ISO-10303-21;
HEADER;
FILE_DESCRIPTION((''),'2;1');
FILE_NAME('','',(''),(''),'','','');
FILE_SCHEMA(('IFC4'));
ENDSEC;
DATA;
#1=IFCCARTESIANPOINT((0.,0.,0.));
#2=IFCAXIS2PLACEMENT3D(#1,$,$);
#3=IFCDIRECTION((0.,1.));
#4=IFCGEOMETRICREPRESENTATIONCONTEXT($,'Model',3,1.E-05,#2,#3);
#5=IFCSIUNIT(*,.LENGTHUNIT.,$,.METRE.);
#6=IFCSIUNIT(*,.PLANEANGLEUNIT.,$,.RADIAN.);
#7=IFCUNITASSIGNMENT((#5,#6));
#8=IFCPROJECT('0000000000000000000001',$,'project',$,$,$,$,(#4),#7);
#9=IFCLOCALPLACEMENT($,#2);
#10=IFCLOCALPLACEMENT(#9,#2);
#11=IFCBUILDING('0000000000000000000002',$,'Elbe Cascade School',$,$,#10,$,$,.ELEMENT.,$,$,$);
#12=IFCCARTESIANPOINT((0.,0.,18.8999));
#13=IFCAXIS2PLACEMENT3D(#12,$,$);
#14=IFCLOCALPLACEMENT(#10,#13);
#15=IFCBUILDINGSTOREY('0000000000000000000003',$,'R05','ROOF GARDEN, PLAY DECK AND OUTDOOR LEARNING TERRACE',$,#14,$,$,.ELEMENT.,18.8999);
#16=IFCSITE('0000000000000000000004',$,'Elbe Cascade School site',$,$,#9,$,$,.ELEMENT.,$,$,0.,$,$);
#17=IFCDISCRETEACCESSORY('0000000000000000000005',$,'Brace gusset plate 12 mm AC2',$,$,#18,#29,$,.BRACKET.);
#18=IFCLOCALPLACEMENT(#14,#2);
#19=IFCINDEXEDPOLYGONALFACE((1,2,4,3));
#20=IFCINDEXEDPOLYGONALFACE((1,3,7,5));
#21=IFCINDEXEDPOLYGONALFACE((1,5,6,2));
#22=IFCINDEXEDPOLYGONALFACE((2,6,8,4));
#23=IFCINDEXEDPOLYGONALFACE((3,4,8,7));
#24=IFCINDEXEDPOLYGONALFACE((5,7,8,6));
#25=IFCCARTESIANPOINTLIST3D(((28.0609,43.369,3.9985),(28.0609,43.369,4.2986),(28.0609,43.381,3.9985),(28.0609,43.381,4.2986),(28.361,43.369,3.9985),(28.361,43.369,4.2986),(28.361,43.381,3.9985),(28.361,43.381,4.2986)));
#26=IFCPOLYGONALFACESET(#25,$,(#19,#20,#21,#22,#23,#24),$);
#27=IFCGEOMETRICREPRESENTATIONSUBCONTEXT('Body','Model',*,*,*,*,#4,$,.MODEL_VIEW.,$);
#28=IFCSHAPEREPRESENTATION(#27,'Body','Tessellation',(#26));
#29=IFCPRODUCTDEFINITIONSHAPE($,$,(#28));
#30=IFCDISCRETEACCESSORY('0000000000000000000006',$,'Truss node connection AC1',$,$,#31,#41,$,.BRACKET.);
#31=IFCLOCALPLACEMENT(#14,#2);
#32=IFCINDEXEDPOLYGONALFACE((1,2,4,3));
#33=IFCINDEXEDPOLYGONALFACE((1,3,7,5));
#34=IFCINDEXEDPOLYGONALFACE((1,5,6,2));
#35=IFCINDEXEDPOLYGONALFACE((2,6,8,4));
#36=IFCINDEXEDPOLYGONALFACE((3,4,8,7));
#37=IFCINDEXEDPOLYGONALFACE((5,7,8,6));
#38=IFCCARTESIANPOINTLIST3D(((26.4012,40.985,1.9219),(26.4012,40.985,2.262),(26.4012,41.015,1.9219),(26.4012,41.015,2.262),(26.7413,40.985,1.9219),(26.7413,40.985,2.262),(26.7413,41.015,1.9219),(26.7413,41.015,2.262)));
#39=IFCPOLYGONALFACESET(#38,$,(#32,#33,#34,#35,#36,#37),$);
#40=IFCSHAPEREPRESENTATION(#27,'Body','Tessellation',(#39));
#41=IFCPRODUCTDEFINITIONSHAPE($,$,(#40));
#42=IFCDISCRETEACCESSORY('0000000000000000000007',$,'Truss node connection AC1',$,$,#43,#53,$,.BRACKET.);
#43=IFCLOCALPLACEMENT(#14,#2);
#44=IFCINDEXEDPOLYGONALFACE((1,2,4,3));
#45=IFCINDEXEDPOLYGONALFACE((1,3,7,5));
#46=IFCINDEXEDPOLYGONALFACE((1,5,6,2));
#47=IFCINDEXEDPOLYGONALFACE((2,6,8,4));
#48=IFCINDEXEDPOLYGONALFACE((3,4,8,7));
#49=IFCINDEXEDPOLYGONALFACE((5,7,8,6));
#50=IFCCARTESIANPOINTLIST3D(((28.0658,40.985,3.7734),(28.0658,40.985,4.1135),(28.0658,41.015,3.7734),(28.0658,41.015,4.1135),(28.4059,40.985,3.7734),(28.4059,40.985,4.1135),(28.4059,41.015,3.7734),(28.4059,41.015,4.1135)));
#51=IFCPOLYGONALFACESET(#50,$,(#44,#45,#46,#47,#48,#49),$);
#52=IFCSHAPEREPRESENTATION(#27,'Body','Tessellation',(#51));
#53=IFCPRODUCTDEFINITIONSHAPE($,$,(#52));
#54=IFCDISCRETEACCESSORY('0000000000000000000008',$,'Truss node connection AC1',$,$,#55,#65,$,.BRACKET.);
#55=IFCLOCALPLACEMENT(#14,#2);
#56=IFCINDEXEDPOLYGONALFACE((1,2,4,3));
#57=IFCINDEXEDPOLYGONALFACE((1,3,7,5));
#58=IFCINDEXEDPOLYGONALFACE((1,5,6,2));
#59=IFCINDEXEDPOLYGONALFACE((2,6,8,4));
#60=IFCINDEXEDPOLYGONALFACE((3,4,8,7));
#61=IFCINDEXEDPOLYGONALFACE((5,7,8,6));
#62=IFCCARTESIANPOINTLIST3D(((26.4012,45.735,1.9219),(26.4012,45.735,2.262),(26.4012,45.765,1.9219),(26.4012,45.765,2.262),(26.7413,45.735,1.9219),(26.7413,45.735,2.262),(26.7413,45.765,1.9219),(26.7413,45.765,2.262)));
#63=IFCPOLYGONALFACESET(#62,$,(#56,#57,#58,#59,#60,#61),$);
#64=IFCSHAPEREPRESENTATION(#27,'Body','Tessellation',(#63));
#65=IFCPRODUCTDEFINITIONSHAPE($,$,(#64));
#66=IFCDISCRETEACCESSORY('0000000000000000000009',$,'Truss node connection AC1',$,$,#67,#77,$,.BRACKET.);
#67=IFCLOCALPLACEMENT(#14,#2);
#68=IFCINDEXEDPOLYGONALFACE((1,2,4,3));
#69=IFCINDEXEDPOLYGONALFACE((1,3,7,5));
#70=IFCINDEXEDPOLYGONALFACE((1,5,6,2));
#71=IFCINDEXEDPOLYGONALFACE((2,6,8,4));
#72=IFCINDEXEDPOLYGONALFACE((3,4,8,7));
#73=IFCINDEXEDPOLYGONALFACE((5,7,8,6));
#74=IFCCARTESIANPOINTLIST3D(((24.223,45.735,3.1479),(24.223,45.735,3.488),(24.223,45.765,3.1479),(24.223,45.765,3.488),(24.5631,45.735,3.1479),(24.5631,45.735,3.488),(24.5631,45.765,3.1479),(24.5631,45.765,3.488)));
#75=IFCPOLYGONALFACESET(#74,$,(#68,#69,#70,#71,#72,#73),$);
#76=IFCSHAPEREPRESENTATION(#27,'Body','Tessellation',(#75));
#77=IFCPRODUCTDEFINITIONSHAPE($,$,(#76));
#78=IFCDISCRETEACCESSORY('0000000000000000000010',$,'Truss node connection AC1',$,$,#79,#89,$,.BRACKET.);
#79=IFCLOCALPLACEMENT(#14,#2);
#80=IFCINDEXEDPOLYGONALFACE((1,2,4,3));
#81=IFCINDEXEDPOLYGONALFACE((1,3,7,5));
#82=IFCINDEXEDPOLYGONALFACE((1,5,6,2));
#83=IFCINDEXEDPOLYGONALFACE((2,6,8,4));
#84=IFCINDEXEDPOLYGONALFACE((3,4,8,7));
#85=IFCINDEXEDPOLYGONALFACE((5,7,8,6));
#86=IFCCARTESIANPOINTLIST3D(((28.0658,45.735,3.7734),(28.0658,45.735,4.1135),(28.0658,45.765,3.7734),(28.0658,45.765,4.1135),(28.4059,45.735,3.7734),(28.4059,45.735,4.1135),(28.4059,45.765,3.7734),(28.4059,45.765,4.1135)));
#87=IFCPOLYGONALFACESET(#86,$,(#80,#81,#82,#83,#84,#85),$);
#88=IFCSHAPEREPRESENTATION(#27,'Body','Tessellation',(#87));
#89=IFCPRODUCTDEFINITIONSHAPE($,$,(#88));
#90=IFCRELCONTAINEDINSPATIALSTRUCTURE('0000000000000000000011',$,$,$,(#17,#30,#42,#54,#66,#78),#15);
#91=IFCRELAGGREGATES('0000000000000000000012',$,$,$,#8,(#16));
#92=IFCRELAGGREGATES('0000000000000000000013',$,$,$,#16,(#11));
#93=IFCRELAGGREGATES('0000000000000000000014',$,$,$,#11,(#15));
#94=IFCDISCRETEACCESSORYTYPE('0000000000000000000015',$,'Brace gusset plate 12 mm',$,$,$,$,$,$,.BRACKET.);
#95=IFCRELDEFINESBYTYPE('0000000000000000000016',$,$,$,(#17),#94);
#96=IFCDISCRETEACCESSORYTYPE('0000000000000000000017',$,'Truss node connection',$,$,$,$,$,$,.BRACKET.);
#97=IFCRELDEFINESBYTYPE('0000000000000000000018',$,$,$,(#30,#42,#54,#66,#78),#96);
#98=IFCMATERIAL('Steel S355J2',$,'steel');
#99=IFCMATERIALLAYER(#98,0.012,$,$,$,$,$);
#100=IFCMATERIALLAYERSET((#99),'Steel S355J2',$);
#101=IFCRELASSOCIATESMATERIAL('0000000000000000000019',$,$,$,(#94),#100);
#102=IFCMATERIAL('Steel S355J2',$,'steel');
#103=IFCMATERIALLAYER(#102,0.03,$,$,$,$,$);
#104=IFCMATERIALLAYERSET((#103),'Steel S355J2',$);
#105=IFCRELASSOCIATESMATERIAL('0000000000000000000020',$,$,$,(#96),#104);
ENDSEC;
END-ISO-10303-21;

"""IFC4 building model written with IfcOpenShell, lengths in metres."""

from ifc_helpers import new_model, si_unit, direction, frame, origin, origin_2d, place, context, subcontext, project, spatial, rectangle, extrude, material, layer, layer_set, type_object, element, save


model = new_model("IFC4")

# Units and contexts
model_context = context("Model", 3, precision=1e-05, world=origin(), true_north=direction((0.0, 1.0)))
body_context = subcontext(model_context, "Body", "Model", "MODEL_VIEW")
ifc_project = project(units=[si_unit("LENGTHUNIT", "METRE"), si_unit("PLANEANGLEUNIT", "RADIAN")], contexts=[model_context])

# Site, building, storey
site_placement = place(None, origin())
site = spatial("IfcSite", under=ifc_project, at=site_placement, Name="Elbe Cascade School site", CompositionType="ELEMENT", RefElevation=0.0)
building_placement = place(site_placement, origin())
building = spatial("IfcBuilding", under=site, at=building_placement, Name="Elbe Cascade School", CompositionType="ELEMENT")
storey_placement = place(building_placement, frame((0.0, 0.0, 18.8999)))
storey = spatial("IfcBuildingStorey", under=building, at=storey_placement, Name="R05", Description="ROOF GARDEN, PLAY DECK AND OUTDOOR LEARNING TERRACE", CompositionType="ELEMENT", Elevation=18.8999)

# Discrete accessories
ifc_material_1 = material(Name="Steel S355J2", Category="steel")
ifc_layer_1 = layer(ifc_material_1, 0.012)
ifc_layer_set_1 = layer_set([ifc_layer_1], Name="Steel S355J2")
discrete_accessory_type_1 = type_object("IfcDiscreteAccessoryType", Name="Brace gusset plate 12 mm", PredefinedType="BRACKET", material=ifc_layer_set_1)
discrete_accessory_placement = place(storey_placement, frame((28.2109, 43.375, 3.9985), z_axis=(0.0, 0.0, 1.0), x_axis=(1.0, 0.0, 0.0)))
element("IfcDiscreteAccessory", 1, at=discrete_accessory_placement, inside=storey, type_object=discrete_accessory_type_1, Name="Brace gusset plate 12 mm AC2", PredefinedType="BRACKET", context=body_context, shape_type="SweptSolid", body=[
    extrude(rectangle(XDim=0.3, YDim=0.012, at=origin_2d()), origin(), (0.0, 0.0, 1.0), 0.3),
])
ifc_material_2 = material(Name="Steel S355J2", Category="steel")
ifc_layer_2 = layer(ifc_material_2, 0.03)
ifc_layer_set_2 = layer_set([ifc_layer_2], Name="Steel S355J2")
discrete_accessory_type_2 = type_object("IfcDiscreteAccessoryType", Name="Truss node connection", PredefinedType="BRACKET", material=ifc_layer_set_2)
for number, where, z_axis, x_axis, name in (
    (2, (26.5713, 41.0, 1.9219), (0.0, 0.0, 1.0), (1.0, 0.0, 0.0), "Truss node connection AC1"),
    (3, (28.2358, 41.0, 3.7734), (0.0, 0.0, 1.0), (1.0, 0.0, 0.0), "Truss node connection AC1"),
    (4, (26.5713, 45.75, 1.9219), (0.0, 0.0, 1.0), (1.0, 0.0, 0.0), "Truss node connection AC1"),
    (5, (24.3931, 45.75, 3.1479), (0.0, 0.0, 1.0), (1.0, 0.0, 0.0), "Truss node connection AC1"),
    (6, (28.2358, 45.75, 3.7734), (0.0, 0.0, 1.0), (1.0, 0.0, 0.0), "Truss node connection AC1"),
):
    element("IfcDiscreteAccessory", number, at=place(storey_placement, frame(where, z_axis=z_axis, x_axis=x_axis)), inside=storey, type_object=discrete_accessory_type_2, Name=name, PredefinedType="BRACKET", context=body_context, shape_type="SweptSolid", body=[
        extrude(rectangle(XDim=0.3401, YDim=0.03, at=origin_2d()), origin(), (0.0, 0.0, 1.0), 0.3401),
    ])

save(model, "model.ifc")
